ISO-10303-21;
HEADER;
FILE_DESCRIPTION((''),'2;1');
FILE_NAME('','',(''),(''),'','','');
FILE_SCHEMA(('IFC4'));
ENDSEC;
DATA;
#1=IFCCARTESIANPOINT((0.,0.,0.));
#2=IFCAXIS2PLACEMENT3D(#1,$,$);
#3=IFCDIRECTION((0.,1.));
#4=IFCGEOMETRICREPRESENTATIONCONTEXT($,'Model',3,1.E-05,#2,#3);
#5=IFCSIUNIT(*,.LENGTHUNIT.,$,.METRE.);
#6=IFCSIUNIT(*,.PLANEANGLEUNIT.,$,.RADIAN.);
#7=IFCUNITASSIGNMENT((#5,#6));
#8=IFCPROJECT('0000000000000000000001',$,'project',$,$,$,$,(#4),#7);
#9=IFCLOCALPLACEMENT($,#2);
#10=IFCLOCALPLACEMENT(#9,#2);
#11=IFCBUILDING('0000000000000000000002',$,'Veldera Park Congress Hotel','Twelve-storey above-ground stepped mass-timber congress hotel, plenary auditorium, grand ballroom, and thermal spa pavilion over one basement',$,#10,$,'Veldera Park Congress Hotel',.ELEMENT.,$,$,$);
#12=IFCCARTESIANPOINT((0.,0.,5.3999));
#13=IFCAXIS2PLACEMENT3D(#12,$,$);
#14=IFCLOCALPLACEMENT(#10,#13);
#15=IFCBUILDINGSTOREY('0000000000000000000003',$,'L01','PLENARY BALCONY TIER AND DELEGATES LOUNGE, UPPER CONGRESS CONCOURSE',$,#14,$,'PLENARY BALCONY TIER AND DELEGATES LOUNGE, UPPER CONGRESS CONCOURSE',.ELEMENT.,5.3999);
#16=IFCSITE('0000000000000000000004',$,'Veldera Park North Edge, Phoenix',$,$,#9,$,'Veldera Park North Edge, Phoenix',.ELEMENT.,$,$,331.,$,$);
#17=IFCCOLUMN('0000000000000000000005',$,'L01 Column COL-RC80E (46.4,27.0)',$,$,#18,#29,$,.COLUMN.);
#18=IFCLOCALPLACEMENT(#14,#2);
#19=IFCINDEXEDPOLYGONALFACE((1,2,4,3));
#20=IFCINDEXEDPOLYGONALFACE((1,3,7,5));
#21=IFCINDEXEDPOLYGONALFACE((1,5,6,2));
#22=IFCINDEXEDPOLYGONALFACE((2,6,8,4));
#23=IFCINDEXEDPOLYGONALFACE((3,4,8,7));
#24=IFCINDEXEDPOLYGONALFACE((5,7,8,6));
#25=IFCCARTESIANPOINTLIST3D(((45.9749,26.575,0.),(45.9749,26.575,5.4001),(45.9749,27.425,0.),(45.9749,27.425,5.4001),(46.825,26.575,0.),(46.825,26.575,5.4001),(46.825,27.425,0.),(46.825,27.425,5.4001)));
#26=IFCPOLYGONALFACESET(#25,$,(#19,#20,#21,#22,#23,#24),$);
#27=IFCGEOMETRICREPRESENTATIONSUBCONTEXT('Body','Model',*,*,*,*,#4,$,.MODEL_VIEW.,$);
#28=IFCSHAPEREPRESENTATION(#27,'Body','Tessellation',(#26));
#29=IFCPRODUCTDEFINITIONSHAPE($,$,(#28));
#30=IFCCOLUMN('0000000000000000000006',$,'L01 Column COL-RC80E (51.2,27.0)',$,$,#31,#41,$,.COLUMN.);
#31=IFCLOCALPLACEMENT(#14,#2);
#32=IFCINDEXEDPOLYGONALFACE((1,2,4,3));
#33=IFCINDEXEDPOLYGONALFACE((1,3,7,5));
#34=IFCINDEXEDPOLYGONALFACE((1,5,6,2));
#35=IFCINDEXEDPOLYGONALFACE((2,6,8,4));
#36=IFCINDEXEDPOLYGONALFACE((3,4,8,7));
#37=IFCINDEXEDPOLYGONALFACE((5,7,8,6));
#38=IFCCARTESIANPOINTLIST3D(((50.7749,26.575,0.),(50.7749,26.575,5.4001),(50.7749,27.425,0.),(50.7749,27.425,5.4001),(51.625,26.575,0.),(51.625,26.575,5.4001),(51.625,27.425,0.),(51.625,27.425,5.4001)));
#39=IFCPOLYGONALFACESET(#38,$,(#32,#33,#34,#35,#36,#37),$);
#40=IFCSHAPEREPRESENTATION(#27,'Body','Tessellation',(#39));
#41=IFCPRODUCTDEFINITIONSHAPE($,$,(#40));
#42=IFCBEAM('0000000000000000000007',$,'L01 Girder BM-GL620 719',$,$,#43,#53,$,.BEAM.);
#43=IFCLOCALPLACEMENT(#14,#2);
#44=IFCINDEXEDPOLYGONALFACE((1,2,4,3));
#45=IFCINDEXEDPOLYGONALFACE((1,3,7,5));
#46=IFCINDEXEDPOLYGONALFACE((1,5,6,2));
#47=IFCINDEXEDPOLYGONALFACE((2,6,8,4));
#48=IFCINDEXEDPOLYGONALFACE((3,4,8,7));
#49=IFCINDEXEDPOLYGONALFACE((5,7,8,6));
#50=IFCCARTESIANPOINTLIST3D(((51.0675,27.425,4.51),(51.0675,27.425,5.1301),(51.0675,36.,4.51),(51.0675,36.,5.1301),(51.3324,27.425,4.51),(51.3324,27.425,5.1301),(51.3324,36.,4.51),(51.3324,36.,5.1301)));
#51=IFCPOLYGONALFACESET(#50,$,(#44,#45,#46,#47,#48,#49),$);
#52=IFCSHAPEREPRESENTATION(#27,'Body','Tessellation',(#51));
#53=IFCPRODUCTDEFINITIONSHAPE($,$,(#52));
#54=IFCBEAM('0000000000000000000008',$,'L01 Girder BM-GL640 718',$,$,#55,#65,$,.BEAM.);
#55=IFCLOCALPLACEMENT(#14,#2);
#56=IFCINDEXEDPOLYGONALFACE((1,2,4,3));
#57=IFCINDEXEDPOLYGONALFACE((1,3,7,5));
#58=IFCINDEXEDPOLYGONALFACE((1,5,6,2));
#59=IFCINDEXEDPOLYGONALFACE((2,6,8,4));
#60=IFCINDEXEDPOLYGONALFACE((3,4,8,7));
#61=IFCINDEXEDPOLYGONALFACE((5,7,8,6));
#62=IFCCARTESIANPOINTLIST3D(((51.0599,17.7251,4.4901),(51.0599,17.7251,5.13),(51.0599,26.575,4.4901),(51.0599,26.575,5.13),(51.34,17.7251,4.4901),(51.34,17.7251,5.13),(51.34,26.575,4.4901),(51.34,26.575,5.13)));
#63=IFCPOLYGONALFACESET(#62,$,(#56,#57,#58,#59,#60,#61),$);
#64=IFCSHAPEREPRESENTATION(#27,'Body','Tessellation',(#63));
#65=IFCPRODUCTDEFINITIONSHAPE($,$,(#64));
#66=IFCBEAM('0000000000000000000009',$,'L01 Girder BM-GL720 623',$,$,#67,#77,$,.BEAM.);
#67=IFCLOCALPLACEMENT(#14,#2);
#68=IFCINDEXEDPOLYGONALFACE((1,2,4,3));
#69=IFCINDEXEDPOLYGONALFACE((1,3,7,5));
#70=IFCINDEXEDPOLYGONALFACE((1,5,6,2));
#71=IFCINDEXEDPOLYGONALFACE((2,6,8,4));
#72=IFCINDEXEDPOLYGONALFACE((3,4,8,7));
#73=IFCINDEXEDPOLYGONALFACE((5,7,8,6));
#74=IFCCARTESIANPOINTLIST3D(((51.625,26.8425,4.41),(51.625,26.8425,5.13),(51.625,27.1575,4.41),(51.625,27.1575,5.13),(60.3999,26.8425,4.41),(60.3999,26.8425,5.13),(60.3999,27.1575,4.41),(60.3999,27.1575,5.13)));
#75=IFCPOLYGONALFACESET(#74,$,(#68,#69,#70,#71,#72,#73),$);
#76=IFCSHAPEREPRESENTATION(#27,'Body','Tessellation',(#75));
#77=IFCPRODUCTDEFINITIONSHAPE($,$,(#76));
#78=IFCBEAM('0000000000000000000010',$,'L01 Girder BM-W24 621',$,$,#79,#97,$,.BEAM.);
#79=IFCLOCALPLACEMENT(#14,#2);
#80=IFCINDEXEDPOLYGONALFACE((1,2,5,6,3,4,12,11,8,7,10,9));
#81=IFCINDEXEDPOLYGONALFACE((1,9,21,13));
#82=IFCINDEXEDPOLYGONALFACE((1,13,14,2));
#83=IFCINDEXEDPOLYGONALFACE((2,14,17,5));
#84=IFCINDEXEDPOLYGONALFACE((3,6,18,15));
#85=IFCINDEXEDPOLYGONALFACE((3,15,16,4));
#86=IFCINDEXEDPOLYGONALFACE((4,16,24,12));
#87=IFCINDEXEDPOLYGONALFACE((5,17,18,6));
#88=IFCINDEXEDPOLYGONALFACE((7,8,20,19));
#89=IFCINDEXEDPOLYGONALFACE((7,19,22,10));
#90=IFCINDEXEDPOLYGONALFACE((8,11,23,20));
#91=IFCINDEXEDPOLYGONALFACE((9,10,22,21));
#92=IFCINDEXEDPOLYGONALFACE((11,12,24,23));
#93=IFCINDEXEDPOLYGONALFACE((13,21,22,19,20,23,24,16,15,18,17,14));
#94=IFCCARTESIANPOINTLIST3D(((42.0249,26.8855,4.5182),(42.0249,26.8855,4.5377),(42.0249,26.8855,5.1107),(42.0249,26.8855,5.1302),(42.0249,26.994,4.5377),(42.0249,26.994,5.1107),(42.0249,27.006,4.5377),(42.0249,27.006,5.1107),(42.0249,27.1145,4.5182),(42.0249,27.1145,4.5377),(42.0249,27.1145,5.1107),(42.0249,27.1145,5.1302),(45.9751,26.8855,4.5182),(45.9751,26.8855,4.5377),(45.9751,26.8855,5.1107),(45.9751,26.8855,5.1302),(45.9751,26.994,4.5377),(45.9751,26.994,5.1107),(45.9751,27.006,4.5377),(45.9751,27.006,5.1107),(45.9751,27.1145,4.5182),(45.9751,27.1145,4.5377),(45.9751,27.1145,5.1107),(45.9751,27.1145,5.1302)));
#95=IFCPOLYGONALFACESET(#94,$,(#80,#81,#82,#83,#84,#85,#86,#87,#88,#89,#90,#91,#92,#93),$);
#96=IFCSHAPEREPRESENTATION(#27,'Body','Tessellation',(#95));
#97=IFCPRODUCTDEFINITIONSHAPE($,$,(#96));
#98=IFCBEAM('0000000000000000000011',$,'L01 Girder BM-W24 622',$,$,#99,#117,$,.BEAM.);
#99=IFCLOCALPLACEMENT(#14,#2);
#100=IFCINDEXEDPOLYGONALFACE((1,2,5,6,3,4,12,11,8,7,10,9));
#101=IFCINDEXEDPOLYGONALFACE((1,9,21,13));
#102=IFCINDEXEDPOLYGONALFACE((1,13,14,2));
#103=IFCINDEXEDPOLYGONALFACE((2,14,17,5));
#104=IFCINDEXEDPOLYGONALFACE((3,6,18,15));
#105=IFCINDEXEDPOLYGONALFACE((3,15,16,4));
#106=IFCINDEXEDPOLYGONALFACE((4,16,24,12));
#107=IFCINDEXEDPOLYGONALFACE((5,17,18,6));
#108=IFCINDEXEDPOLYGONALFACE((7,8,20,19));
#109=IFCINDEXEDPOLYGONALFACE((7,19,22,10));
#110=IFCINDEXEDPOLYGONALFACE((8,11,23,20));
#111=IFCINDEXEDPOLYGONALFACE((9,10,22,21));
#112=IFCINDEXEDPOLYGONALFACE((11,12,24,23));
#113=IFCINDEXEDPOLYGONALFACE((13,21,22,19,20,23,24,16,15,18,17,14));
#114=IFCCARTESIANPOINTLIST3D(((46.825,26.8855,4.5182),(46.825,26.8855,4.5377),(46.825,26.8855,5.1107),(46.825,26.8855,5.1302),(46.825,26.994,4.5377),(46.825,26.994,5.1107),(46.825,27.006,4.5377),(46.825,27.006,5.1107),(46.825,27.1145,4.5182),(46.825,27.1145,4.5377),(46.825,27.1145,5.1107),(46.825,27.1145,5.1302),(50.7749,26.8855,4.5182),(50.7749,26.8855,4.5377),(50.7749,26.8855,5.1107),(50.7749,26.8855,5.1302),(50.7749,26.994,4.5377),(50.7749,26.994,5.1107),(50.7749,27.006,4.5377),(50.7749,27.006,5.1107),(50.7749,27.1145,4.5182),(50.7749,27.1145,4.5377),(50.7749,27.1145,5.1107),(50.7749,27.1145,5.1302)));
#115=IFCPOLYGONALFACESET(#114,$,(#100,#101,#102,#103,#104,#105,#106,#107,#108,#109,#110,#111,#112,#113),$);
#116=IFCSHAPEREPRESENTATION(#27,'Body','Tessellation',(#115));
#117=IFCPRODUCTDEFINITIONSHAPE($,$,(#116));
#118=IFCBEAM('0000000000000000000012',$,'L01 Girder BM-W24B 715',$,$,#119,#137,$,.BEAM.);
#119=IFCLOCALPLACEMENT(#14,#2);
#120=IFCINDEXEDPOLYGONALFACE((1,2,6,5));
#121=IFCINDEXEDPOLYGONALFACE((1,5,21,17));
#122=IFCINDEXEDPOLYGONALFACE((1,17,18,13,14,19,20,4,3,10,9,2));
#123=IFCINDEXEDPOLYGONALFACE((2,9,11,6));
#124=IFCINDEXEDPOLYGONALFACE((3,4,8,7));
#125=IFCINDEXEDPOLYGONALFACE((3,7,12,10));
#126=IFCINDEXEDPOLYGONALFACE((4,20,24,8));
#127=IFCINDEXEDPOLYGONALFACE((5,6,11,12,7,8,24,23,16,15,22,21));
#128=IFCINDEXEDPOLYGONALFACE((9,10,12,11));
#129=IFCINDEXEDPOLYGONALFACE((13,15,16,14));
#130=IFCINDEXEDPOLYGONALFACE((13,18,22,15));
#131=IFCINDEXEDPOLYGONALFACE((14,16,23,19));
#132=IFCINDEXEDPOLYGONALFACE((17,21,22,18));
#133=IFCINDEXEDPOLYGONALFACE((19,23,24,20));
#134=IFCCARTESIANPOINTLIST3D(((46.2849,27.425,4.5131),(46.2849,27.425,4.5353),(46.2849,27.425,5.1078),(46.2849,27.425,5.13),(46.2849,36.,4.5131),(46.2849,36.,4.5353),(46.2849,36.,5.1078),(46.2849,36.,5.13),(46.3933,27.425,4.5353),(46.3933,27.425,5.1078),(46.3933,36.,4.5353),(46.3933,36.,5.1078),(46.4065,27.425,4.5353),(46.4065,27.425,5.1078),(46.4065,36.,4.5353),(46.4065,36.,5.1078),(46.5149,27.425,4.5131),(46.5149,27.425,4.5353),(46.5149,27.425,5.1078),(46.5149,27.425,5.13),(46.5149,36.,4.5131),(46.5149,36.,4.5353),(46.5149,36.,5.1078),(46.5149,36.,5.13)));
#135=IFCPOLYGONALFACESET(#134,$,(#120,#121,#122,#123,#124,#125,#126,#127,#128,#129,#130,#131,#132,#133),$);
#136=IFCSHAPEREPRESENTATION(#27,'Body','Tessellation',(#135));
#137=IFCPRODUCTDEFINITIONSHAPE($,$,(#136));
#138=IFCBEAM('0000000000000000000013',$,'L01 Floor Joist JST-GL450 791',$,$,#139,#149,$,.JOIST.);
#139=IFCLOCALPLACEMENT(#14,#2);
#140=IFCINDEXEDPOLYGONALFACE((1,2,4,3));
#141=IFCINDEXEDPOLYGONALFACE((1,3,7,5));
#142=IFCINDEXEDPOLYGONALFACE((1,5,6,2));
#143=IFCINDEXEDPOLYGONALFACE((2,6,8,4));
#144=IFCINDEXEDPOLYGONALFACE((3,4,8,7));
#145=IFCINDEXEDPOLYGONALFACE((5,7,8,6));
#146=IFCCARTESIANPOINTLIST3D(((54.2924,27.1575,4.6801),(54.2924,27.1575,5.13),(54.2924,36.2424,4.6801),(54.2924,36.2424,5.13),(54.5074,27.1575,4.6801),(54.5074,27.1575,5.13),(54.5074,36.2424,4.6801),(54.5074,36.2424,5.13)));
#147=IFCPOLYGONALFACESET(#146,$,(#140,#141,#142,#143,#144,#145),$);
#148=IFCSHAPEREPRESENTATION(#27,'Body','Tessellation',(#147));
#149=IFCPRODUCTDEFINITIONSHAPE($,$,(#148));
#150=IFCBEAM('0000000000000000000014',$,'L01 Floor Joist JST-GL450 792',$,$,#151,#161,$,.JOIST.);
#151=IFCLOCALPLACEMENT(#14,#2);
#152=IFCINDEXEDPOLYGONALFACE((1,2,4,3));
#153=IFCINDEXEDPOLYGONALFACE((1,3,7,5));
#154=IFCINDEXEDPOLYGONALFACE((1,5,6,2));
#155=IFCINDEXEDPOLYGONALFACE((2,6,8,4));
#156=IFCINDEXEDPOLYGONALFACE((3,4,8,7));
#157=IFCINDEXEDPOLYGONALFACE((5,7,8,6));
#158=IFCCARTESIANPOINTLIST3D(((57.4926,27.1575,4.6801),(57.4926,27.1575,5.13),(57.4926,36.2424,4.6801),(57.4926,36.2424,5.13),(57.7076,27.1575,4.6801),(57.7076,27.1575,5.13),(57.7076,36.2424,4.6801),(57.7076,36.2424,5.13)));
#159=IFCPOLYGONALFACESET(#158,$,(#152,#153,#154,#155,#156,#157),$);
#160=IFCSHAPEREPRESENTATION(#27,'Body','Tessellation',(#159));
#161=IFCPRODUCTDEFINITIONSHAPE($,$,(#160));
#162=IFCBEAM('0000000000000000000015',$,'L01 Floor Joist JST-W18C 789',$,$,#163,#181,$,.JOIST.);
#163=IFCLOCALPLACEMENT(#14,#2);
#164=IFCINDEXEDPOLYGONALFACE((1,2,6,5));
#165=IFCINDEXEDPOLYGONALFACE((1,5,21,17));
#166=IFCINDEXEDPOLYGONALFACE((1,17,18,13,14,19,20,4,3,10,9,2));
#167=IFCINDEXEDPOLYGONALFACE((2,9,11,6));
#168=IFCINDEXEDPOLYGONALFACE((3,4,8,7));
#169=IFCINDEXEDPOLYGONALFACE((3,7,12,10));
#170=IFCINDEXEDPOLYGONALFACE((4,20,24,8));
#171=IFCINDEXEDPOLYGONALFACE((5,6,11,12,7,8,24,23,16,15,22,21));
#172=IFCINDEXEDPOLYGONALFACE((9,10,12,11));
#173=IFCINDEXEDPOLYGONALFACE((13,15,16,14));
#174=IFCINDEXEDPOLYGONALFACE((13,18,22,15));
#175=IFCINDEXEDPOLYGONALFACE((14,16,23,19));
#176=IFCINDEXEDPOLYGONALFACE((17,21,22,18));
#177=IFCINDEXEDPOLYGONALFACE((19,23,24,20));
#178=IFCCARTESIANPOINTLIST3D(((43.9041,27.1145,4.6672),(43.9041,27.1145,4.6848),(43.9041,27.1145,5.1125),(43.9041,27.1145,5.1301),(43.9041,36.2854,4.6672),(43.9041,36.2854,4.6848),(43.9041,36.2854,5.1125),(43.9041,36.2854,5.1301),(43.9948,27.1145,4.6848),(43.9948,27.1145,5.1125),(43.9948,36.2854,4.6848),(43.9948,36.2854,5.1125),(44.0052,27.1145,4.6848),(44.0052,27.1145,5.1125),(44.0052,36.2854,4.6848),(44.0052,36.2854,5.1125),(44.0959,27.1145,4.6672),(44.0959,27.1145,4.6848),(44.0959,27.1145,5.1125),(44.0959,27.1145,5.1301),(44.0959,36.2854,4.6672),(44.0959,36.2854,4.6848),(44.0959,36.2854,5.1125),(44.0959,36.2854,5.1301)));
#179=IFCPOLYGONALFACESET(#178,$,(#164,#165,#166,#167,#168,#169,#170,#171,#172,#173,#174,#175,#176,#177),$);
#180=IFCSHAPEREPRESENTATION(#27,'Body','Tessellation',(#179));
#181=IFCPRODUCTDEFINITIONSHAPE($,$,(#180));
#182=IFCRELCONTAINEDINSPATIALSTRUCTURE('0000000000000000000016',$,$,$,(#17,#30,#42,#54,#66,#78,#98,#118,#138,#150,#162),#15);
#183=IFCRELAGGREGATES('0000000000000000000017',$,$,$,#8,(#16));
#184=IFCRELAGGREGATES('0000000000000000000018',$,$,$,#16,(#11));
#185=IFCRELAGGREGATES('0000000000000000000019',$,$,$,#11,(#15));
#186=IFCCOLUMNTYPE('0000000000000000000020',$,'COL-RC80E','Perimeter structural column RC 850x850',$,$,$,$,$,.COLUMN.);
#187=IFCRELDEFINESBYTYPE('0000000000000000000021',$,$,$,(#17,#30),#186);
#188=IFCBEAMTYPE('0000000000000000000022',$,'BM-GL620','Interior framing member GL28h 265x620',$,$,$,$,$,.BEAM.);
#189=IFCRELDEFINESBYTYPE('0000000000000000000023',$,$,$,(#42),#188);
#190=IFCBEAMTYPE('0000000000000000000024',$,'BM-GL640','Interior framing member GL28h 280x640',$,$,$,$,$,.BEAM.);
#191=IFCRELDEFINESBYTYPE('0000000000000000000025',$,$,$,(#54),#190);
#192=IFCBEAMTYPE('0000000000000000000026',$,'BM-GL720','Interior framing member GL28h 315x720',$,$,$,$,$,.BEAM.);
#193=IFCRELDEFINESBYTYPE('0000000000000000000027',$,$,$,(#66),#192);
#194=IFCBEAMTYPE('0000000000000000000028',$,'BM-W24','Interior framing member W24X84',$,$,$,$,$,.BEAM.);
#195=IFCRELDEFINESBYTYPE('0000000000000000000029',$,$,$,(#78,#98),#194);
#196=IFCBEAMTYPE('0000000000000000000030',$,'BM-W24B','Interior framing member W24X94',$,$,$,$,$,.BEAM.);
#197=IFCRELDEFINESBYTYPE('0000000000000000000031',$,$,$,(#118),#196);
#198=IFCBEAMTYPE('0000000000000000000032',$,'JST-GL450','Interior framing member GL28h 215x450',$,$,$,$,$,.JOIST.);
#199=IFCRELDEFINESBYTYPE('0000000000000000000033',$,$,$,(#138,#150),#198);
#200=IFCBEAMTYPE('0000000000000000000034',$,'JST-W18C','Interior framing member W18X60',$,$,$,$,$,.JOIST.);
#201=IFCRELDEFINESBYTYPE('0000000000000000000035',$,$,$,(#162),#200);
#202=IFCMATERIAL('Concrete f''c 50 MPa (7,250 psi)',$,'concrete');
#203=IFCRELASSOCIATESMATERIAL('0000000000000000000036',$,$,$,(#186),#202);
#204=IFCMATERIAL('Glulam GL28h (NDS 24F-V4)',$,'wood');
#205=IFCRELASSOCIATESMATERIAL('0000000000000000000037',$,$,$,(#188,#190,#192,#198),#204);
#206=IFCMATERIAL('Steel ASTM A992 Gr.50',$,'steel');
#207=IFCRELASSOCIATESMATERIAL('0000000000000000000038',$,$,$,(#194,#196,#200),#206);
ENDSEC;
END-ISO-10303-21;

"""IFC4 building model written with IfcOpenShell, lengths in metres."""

from ifc_helpers import new_model, si_unit, direction, frame, origin, origin_2d, place, context, subcontext, project, spatial, rectangle, i_section, extrude, material, material_profile, profile_set, type_object, element, save


model = new_model("IFC4")

# Units and contexts
model_context = context("Model", 3, precision=1e-05, world=origin(), true_north=direction((0.0, 1.0)))
body_context = subcontext(model_context, "Body", "Model", "MODEL_VIEW")
ifc_project = project(units=[si_unit("LENGTHUNIT", "METRE"), si_unit("PLANEANGLEUNIT", "RADIAN")], contexts=[model_context])

# Site, building, storey
site_placement = place(None, origin())
site = spatial("IfcSite", under=ifc_project, at=site_placement, Name="Veldera Park North Edge, Phoenix", LongName="Veldera Park North Edge, Phoenix", CompositionType="ELEMENT", RefElevation=331.0)
building_placement = place(site_placement, origin())
building = spatial("IfcBuilding", under=site, at=building_placement, Name="Veldera Park Congress Hotel", Description="Twelve-storey above-ground stepped mass-timber congress hotel, plenary auditorium, grand ballroom, and thermal spa pavilion over one basement", LongName="Veldera Park Congress Hotel", CompositionType="ELEMENT")
storey_placement = place(building_placement, frame((0.0, 0.0, 5.3999)))
storey = spatial("IfcBuildingStorey", under=building, at=storey_placement, Name="L01", Description="PLENARY BALCONY TIER AND DELEGATES LOUNGE, UPPER CONGRESS CONCOURSE", LongName="PLENARY BALCONY TIER AND DELEGATES LOUNGE, UPPER CONGRESS CONCOURSE", CompositionType="ELEMENT", Elevation=5.3999)

# Columns
ifc_material_1 = material(Name="Concrete f'c 50 MPa (7,250 psi)", Category="concrete")
ifc_material_profile_1 = material_profile(ifc_material_1, rectangle(XDim=0.8501, YDim=0.8501, at=origin_2d()), Name="RC 850x850")
ifc_profile_set_1 = profile_set([ifc_material_profile_1], Name="Concrete f'c 50 MPa (7,250 psi)")
column_type = type_object("IfcColumnType", Name="COL-RC80E", Description="Perimeter structural column RC 850x850", PredefinedType="COLUMN", material=ifc_profile_set_1)
for number, where, z_axis, x_axis, name in (
    (1, (46.3999, 27.0, 0.0), (0.0, 0.0, 1.0), (1.0, 0.0, 0.0), "L01 Column COL-RC80E (46.4,27.0)"),
    (2, (51.2, 27.0, 0.0), (0.0, 0.0, 1.0), (1.0, 0.0, 0.0), "L01 Column COL-RC80E (51.2,27.0)"),
):
    element("IfcColumn", number, at=place(storey_placement, frame(where, z_axis=z_axis, x_axis=x_axis)), inside=storey, type_object=column_type, Name=name, PredefinedType="COLUMN", context=body_context, shape_type="SweptSolid", body=[
        extrude(rectangle(XDim=0.8501, YDim=0.8501, at=origin_2d()), origin(), (0.0, 0.0, 1.0), 5.4001),
    ])

# Beams
ifc_material_2 = material(Name="Glulam GL28h (NDS 24F-V4)", Category="wood")
ifc_material_profile_2 = material_profile(ifc_material_2, rectangle(XDim=0.2649, YDim=0.6201, at=origin_2d()), Name="GL28h 265x620")
ifc_profile_set_2 = profile_set([ifc_material_profile_2], Name="Glulam GL28h (NDS 24F-V4)")
beam_type_1 = type_object("IfcBeamType", Name="BM-GL620", Description="Interior framing member GL28h 265x620", PredefinedType="BEAM", material=ifc_profile_set_2)
beam_1_placement = place(storey_placement, frame((51.2, 27.425, 4.8201), z_axis=(0.0, 1.0, 0.0), x_axis=(-1.0, 0.0, 0.0)))
element("IfcBeam", 3, at=beam_1_placement, inside=storey, type_object=beam_type_1, Name="L01 Girder BM-GL620 719", PredefinedType="BEAM", context=body_context, shape_type="SweptSolid", body=[
    extrude(rectangle(XDim=0.2649, YDim=0.6201, at=origin_2d()), origin(), (0.0, 0.0, 1.0), 8.575),
])
ifc_material_profile_3 = material_profile(ifc_material_2, rectangle(XDim=0.28, YDim=0.6399, at=origin_2d()), Name="GL28h 280x640")
ifc_profile_set_3 = profile_set([ifc_material_profile_3], Name="Glulam GL28h (NDS 24F-V4)")
beam_type_2 = type_object("IfcBeamType", Name="BM-GL640", Description="Interior framing member GL28h 280x640", PredefinedType="BEAM", material=ifc_profile_set_3)
beam_2_placement = place(storey_placement, frame((51.2, 17.7251, 4.8101), z_axis=(0.0, 1.0, 0.0), x_axis=(-1.0, 0.0, 0.0)))
element("IfcBeam", 4, at=beam_2_placement, inside=storey, type_object=beam_type_2, Name="L01 Girder BM-GL640 718", PredefinedType="BEAM", context=body_context, shape_type="SweptSolid", body=[
    extrude(rectangle(XDim=0.28, YDim=0.6399, at=origin_2d()), origin(), (0.0, 0.0, 1.0), 8.8499),
])
ifc_material_profile_4 = material_profile(ifc_material_2, rectangle(XDim=0.3149, YDim=0.72, at=origin_2d()), Name="GL28h 315x720")
ifc_profile_set_4 = profile_set([ifc_material_profile_4], Name="Glulam GL28h (NDS 24F-V4)")
beam_type_3 = type_object("IfcBeamType", Name="BM-GL720", Description="Interior framing member GL28h 315x720", PredefinedType="BEAM", material=ifc_profile_set_4)
beam_3_placement = place(storey_placement, frame((51.625, 27.0, 4.77), z_axis=(1.0, 0.0, 0.0), x_axis=(0.0, 1.0, 0.0)))
element("IfcBeam", 5, at=beam_3_placement, inside=storey, type_object=beam_type_3, Name="L01 Girder BM-GL720 623", PredefinedType="BEAM", context=body_context, shape_type="SweptSolid", body=[
    extrude(rectangle(XDim=0.3149, YDim=0.72, at=origin_2d()), origin(), (0.0, 0.0, 1.0), 8.7749),
])
ifc_material_3 = material(Name="Steel ASTM A992 Gr.50", Category="steel")
ifc_material_profile_5 = material_profile(ifc_material_3, i_section(OverallWidth=0.229, OverallDepth=0.6121, WebThickness=0.012, FlangeThickness=0.0195, at=origin_2d()), Name="W24X84")
ifc_profile_set_5 = profile_set([ifc_material_profile_5], Name="Steel ASTM A992 Gr.50")
beam_type_4 = type_object("IfcBeamType", Name="BM-W24", Description="Interior framing member W24X84", PredefinedType="BEAM", material=ifc_profile_set_5)
beam_4_placement = place(storey_placement, frame((42.0249, 27.0, 4.8242), z_axis=(1.0, 0.0, 0.0), x_axis=(0.0, 1.0, 0.0)))
element("IfcBeam", 6, at=beam_4_placement, inside=storey, type_object=beam_type_4, Name="L01 Girder BM-W24 621", PredefinedType="BEAM", context=body_context, shape_type="SweptSolid", body=[
    extrude(i_section(OverallWidth=0.229, OverallDepth=0.6121, WebThickness=0.012, FlangeThickness=0.0195, at=origin_2d()), origin(), (0.0, 0.0, 1.0), 3.9502),
])
beam_5_placement = place(storey_placement, frame((46.825, 27.0, 4.8242), z_axis=(1.0, 0.0, 0.0), x_axis=(0.0, 1.0, 0.0)))
element("IfcBeam", 7, at=beam_5_placement, inside=storey, type_object=beam_type_4, Name="L01 Girder BM-W24 622", PredefinedType="BEAM", context=body_context, shape_type="SweptSolid", body=[
    extrude(i_section(OverallWidth=0.229, OverallDepth=0.6121, WebThickness=0.012, FlangeThickness=0.0195, at=origin_2d()), origin(), (0.0, 0.0, 1.0), 3.95),
])
ifc_material_profile_6 = material_profile(ifc_material_3, i_section(OverallWidth=0.23, OverallDepth=0.6169, WebThickness=0.0132, FlangeThickness=0.0222, at=origin_2d()), Name="W24X94")
ifc_profile_set_6 = profile_set([ifc_material_profile_6], Name="Steel ASTM A992 Gr.50")
beam_type_5 = type_object("IfcBeamType", Name="BM-W24B", Description="Interior framing member W24X94", PredefinedType="BEAM", material=ifc_profile_set_6)
beam_6_placement = place(storey_placement, frame((46.3999, 27.425, 4.8215), z_axis=(0.0, 1.0, 0.0), x_axis=(-1.0, 0.0, 0.0)))
element("IfcBeam", 8, at=beam_6_placement, inside=storey, type_object=beam_type_5, Name="L01 Girder BM-W24B 715", PredefinedType="BEAM", context=body_context, shape_type="SweptSolid", body=[
    extrude(i_section(OverallWidth=0.23, OverallDepth=0.6169, WebThickness=0.0132, FlangeThickness=0.0222, at=origin_2d()), origin(), (0.0, 0.0, 1.0), 8.575),
])
ifc_material_profile_7 = material_profile(ifc_material_2, rectangle(XDim=0.2151, YDim=0.45, at=origin_2d()), Name="GL28h 215x450")
ifc_profile_set_7 = profile_set([ifc_material_profile_7], Name="Glulam GL28h (NDS 24F-V4)")
beam_type_6 = type_object("IfcBeamType", Name="JST-GL450", Description="Interior framing member GL28h 215x450", PredefinedType="JOIST", material=ifc_profile_set_7)
for number, where, z_axis, x_axis, name in (
    (9, (54.3999, 27.1575, 4.905), (0.0, 1.0, 0.0), (-1.0, 0.0, 0.0), "L01 Floor Joist JST-GL450 791"),
    (10, (57.6001, 27.1575, 4.905), (0.0, 1.0, 0.0), (-1.0, 0.0, 0.0), "L01 Floor Joist JST-GL450 792"),
):
    element("IfcBeam", number, at=place(storey_placement, frame(where, z_axis=z_axis, x_axis=x_axis)), inside=storey, type_object=beam_type_6, Name=name, PredefinedType="JOIST", context=body_context, shape_type="SweptSolid", body=[
        extrude(rectangle(XDim=0.2151, YDim=0.45, at=origin_2d()), origin(), (0.0, 0.0, 1.0), 9.085),
    ])
ifc_material_profile_8 = material_profile(ifc_material_3, i_section(OverallWidth=0.1919, OverallDepth=0.4629, WebThickness=0.0105, FlangeThickness=0.0176, at=origin_2d()), Name="W18X60")
ifc_profile_set_8 = profile_set([ifc_material_profile_8], Name="Steel ASTM A992 Gr.50")
beam_type_7 = type_object("IfcBeamType", Name="JST-W18C", Description="Interior framing member W18X60", PredefinedType="JOIST", material=ifc_profile_set_8)
for number, where, z_axis, x_axis, name in (
    (11, (44.0, 27.1145, 4.8987), (0.0, 1.0, 0.0), (-1.0, 0.0, 0.0), "L01 Floor Joist JST-W18C 789"),
):
    element("IfcBeam", number, at=place(storey_placement, frame(where, z_axis=z_axis, x_axis=x_axis)), inside=storey, type_object=beam_type_7, Name=name, PredefinedType="JOIST", context=body_context, shape_type="SweptSolid", body=[
        extrude(i_section(OverallWidth=0.1919, OverallDepth=0.4629, WebThickness=0.0105, FlangeThickness=0.0176, at=origin_2d()), origin(), (0.0, 0.0, 1.0), 9.1709),
    ])

save(model, "model.ifc")
